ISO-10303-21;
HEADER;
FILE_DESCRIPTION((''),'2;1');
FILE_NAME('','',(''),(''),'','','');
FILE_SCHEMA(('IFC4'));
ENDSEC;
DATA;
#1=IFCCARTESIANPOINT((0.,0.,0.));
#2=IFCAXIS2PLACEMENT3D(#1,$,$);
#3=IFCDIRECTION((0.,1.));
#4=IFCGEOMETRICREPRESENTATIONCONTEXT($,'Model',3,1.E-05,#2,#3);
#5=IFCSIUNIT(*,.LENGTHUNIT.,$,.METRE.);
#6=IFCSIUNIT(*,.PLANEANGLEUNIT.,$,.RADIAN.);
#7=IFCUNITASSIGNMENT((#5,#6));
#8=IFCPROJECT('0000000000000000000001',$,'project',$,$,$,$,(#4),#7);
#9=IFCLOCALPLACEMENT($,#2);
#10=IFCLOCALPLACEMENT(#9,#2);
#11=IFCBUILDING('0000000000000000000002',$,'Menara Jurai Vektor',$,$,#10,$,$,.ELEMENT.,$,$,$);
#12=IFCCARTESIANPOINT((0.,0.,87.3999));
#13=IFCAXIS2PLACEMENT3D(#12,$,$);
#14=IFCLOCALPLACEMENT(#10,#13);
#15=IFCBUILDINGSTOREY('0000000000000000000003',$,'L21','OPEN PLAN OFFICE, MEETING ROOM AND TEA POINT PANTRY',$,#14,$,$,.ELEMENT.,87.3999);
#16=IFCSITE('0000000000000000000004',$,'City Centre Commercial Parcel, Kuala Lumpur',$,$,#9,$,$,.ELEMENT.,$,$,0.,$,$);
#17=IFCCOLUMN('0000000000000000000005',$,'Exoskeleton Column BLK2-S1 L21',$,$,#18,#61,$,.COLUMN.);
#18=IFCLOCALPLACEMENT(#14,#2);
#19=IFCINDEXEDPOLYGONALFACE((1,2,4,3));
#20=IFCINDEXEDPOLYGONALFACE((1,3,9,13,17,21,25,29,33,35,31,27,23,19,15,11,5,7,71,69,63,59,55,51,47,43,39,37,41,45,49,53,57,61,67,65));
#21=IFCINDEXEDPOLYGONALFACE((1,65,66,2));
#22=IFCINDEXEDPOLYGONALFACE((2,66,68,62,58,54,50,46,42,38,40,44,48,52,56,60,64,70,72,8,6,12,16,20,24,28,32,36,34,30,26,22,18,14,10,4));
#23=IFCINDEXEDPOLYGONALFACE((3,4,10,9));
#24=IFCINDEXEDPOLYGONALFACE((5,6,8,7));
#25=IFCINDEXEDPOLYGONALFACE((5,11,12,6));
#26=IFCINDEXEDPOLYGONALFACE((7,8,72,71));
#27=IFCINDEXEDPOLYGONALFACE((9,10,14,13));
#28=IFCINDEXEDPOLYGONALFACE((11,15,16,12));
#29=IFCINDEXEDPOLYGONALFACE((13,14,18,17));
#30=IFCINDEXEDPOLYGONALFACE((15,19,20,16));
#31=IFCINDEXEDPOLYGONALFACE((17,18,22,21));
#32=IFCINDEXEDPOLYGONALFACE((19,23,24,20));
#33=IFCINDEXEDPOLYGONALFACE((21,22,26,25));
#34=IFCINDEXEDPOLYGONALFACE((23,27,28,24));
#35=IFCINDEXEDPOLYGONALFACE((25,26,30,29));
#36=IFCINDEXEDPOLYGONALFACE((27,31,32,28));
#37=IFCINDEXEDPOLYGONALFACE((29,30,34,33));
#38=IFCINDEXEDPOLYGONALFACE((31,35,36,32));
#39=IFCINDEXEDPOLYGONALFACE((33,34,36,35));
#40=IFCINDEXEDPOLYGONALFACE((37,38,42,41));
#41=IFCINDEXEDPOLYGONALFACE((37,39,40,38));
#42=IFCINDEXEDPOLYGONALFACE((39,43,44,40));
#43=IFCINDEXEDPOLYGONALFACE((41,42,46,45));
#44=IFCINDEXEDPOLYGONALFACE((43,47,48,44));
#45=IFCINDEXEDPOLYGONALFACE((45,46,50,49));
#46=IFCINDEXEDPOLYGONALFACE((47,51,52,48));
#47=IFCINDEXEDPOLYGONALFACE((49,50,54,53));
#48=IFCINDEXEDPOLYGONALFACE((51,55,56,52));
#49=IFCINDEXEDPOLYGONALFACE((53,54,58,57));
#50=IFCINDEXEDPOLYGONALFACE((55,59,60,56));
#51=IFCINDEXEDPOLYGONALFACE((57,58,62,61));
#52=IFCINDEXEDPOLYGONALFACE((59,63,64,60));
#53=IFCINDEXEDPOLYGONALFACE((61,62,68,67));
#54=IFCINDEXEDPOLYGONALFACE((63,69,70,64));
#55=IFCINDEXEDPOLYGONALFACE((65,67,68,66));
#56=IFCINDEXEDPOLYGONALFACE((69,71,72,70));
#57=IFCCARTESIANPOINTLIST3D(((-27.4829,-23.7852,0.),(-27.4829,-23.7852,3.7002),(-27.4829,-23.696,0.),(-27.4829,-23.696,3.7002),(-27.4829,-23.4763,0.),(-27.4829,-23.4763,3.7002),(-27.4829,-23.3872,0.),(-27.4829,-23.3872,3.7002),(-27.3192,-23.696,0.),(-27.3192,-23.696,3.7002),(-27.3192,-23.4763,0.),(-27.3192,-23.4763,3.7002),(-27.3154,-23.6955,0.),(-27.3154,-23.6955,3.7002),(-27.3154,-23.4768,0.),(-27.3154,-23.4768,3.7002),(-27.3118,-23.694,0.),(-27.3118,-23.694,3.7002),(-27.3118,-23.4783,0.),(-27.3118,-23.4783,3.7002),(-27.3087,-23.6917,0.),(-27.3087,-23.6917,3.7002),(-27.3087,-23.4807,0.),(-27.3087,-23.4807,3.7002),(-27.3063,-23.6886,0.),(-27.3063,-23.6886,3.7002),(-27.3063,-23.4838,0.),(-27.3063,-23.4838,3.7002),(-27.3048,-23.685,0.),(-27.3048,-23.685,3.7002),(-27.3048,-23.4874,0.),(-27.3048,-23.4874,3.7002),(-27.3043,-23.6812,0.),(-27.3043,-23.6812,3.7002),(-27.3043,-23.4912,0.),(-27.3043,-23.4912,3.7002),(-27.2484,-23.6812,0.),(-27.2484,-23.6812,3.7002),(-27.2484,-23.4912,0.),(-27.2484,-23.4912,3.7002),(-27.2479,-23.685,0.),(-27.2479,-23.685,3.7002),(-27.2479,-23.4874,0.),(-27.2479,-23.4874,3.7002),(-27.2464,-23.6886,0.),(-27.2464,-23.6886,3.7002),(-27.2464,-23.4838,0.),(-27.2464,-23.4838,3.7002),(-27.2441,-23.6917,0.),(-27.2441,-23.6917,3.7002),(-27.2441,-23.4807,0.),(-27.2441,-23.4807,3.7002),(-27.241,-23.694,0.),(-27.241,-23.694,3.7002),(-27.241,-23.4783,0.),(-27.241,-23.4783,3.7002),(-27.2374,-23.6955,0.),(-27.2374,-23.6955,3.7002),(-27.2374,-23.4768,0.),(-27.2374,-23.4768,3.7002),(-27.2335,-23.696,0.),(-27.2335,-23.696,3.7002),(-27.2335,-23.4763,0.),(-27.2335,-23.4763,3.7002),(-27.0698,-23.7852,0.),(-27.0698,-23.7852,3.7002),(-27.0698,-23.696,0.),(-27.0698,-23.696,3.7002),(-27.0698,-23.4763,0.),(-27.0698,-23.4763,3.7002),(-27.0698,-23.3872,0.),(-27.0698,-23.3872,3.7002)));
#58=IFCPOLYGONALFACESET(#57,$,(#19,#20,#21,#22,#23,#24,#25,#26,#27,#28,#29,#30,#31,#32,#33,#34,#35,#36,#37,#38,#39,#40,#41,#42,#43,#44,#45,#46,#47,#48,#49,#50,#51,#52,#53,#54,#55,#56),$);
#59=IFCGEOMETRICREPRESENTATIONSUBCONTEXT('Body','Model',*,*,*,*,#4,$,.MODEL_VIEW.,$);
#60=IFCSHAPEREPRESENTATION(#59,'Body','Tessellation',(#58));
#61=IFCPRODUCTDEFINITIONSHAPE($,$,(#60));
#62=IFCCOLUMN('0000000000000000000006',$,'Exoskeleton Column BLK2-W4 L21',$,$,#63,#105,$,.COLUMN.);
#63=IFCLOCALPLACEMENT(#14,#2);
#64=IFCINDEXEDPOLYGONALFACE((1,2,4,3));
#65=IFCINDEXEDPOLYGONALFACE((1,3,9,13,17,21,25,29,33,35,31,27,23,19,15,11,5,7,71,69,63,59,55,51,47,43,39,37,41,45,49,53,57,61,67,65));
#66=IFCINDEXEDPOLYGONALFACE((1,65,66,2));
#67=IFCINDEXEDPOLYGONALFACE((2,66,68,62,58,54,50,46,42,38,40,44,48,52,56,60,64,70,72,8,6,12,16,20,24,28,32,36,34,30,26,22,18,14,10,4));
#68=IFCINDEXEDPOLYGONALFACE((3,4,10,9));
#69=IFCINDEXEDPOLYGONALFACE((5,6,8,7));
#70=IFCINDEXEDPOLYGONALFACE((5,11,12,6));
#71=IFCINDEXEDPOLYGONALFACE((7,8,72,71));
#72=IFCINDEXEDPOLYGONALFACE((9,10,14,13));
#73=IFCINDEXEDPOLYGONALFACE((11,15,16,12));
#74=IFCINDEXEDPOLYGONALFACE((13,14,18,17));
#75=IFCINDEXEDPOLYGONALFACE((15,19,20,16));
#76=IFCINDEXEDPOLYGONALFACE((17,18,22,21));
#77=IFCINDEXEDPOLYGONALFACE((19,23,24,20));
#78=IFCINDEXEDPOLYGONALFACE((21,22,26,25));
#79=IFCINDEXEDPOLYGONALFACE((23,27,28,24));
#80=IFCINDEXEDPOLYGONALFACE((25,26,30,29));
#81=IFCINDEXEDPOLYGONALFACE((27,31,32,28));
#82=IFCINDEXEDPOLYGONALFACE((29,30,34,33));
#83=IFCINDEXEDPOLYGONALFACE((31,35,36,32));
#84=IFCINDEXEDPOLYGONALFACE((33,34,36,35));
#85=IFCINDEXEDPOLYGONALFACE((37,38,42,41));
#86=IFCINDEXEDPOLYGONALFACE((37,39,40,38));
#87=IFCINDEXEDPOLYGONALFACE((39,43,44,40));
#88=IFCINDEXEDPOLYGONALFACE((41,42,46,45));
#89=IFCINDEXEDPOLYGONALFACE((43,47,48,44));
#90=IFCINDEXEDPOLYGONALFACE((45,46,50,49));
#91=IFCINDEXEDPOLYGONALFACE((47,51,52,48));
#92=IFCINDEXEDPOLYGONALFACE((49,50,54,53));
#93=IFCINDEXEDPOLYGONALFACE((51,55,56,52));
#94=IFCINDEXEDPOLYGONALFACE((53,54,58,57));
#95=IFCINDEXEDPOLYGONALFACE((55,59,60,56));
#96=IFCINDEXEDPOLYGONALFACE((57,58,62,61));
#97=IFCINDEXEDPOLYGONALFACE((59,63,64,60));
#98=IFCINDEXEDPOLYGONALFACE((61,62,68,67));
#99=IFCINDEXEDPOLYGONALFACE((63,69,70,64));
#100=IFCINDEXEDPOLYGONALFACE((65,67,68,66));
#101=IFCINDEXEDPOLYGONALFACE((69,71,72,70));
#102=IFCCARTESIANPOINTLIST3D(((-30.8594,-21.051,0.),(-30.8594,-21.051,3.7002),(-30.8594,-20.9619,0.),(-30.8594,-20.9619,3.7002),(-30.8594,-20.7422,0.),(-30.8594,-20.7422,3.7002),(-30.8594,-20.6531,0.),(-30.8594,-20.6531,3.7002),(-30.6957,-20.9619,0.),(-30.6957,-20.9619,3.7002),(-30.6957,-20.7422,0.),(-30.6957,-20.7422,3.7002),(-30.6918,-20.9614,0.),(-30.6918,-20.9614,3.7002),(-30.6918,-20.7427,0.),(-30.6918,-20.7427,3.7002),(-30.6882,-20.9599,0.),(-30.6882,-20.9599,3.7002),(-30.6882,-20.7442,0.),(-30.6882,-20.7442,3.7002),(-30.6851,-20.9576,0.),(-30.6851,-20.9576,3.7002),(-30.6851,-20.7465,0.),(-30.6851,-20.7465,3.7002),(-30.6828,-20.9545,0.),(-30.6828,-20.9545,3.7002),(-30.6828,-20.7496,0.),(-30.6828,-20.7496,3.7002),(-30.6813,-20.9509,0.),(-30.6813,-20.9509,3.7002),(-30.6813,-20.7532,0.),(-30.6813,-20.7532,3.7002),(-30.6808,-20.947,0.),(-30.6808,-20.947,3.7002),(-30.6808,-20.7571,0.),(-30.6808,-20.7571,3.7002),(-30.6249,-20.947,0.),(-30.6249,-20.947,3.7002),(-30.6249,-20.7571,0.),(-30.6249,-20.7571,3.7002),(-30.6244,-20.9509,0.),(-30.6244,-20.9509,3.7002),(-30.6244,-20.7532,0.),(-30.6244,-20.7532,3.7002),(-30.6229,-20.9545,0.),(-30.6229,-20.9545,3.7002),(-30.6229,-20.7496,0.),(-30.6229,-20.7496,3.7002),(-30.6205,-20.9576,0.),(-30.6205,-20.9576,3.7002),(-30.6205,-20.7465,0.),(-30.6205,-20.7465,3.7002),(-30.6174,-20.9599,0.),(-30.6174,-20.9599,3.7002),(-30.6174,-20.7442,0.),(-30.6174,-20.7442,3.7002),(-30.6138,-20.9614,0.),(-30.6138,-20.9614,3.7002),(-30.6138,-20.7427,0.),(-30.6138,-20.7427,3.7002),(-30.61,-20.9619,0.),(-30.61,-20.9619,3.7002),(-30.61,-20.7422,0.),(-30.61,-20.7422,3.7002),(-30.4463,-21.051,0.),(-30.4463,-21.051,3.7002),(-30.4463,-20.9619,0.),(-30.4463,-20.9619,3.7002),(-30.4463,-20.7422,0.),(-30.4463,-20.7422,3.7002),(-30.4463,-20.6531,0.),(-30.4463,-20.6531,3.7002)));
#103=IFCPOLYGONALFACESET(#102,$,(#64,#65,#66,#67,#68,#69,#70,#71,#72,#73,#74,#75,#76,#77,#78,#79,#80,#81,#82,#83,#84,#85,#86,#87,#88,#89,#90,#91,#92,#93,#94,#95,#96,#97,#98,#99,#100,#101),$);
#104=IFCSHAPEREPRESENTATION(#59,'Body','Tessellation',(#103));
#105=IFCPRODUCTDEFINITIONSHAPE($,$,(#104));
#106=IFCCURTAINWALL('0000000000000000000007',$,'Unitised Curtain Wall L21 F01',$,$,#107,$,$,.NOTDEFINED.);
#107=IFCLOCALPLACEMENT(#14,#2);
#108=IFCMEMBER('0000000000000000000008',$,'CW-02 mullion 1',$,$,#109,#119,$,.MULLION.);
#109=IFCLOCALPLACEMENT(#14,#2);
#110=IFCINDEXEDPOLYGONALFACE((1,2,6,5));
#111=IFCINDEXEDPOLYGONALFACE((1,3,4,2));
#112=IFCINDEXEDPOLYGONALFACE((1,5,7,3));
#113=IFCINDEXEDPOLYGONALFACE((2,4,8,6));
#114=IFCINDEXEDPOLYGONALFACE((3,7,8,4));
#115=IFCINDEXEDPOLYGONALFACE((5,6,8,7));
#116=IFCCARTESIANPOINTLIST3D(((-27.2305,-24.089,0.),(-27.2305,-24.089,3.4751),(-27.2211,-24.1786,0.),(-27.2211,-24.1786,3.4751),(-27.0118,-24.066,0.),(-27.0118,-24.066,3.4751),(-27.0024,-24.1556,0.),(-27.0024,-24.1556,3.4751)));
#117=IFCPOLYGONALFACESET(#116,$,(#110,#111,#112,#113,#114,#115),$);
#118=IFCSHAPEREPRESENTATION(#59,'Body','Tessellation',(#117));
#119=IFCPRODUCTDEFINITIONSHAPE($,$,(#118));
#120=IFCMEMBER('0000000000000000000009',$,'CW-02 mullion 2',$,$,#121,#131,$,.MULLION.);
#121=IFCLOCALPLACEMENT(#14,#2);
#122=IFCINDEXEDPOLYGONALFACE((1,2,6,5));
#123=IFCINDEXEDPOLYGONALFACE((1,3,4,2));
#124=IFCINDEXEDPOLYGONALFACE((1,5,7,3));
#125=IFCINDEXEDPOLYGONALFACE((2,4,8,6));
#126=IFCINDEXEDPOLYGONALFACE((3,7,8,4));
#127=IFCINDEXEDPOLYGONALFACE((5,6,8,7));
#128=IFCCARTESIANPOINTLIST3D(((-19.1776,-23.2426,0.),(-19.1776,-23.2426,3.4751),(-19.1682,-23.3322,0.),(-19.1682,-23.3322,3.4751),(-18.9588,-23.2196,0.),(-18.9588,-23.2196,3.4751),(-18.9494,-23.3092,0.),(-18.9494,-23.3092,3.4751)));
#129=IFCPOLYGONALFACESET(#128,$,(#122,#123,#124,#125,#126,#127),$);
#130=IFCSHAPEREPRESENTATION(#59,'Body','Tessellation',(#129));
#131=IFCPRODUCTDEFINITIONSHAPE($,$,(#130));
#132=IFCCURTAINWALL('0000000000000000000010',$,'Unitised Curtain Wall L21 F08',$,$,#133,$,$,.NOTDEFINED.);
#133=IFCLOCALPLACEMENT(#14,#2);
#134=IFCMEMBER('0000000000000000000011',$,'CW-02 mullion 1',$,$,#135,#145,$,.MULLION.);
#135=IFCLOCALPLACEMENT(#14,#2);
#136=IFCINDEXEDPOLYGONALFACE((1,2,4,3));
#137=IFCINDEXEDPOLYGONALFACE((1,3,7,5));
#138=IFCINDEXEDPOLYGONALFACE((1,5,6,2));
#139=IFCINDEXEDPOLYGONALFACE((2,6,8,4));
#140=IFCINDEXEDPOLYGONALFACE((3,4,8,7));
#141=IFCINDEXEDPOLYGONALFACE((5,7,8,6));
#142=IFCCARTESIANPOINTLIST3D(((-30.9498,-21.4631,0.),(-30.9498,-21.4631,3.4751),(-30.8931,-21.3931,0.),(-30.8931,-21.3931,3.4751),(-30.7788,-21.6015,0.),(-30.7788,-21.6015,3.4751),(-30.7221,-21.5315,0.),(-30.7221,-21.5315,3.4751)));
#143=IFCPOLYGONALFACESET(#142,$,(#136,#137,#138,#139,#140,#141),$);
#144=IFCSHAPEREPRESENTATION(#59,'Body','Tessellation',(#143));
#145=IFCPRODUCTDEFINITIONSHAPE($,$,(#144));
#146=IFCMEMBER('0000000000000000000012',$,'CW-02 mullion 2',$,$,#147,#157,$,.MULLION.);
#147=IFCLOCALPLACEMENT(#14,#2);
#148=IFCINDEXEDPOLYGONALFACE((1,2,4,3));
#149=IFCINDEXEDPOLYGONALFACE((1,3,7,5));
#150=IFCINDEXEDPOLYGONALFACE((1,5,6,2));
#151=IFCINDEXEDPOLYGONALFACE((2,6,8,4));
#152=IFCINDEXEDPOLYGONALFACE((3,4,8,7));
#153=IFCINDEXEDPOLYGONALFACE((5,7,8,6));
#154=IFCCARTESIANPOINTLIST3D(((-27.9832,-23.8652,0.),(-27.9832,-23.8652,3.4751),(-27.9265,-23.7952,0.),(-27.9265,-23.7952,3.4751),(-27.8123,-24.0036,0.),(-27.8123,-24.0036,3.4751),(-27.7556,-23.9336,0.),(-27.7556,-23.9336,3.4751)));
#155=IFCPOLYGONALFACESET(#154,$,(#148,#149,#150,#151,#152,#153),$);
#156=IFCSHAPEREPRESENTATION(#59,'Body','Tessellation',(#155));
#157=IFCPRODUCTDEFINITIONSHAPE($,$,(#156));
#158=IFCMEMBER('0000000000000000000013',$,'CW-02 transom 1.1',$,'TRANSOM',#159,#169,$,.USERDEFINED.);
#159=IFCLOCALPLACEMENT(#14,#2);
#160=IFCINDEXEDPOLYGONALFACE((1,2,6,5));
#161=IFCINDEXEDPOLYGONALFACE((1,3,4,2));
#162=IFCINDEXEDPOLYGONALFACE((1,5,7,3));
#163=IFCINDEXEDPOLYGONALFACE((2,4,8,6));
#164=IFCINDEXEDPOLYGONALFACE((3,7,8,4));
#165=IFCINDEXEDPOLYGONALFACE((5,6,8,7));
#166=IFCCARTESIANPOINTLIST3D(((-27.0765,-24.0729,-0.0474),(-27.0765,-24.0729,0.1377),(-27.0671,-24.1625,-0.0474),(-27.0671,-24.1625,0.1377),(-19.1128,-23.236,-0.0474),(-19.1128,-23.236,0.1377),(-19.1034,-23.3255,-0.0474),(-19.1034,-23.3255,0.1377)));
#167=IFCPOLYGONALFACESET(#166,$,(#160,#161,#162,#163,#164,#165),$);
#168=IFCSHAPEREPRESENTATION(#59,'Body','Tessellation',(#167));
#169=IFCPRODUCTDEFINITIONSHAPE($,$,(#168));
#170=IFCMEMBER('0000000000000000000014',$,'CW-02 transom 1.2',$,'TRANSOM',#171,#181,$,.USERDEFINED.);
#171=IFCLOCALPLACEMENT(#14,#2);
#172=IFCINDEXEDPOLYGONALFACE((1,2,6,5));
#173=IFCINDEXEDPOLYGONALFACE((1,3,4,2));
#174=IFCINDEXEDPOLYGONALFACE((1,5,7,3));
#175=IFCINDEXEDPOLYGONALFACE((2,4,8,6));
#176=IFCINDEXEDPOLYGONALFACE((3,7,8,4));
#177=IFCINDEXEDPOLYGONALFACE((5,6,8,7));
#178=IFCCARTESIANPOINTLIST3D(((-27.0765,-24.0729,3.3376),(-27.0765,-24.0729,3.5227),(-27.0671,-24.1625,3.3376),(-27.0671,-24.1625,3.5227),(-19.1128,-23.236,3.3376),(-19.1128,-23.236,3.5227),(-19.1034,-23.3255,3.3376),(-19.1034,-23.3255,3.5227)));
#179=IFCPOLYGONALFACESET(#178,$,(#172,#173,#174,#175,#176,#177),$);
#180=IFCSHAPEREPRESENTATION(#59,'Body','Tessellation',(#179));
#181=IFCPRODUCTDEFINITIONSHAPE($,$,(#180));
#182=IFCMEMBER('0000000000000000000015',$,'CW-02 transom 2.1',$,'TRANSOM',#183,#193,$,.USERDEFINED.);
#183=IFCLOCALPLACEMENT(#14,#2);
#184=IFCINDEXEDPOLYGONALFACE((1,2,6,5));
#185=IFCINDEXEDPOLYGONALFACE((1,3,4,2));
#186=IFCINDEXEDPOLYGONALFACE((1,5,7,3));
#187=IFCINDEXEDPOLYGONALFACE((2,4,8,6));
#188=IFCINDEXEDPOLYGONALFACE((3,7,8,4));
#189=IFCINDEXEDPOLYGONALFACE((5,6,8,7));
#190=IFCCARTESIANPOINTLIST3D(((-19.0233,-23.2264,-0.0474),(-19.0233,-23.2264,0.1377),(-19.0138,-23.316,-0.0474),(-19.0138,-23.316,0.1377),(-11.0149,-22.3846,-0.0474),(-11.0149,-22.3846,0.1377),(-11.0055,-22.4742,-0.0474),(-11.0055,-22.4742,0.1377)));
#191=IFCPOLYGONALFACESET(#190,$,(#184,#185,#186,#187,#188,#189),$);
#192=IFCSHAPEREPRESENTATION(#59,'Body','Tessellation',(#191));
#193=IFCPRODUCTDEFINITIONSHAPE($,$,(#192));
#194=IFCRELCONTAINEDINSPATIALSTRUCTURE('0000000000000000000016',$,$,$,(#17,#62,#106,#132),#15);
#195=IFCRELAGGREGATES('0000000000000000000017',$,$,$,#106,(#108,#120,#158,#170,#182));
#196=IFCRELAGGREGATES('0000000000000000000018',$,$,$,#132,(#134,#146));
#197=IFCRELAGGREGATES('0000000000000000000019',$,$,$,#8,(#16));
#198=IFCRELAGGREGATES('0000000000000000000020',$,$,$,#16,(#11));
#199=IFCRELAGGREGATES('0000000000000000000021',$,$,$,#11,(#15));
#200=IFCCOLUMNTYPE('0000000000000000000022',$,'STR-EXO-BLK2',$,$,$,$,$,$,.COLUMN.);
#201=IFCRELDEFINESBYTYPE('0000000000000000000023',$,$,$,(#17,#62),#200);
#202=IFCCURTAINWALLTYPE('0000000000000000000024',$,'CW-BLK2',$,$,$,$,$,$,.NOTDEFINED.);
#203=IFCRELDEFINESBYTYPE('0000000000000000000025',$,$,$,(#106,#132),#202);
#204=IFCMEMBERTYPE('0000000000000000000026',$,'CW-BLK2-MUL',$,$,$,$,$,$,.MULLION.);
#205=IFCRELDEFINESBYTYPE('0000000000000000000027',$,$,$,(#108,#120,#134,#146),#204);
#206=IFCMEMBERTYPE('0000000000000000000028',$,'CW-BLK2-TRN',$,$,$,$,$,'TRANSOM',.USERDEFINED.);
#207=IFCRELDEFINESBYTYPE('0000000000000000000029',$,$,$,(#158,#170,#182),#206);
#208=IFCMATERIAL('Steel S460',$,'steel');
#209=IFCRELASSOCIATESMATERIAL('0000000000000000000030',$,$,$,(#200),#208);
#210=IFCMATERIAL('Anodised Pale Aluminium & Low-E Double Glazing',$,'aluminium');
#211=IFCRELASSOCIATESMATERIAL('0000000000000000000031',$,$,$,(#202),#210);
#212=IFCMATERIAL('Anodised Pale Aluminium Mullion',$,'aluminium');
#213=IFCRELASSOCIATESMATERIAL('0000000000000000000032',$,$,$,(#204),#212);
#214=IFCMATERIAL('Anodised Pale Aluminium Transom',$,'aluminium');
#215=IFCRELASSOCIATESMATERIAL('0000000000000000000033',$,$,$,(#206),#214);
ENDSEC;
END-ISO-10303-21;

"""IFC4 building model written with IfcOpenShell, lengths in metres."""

from ifc_helpers import new_model, si_unit, direction, frame, origin, origin_2d, place, context, subcontext, project, spatial, rectangle, i_section, extrude, material, material_profile, profile_set, type_object, element, aggregate, save


model = new_model("IFC4")

# Units and contexts
model_context = context("Model", 3, precision=1e-05, world=origin(), true_north=direction((0.0, 1.0)))
body_context = subcontext(model_context, "Body", "Model", "MODEL_VIEW")
ifc_project = project(units=[si_unit("LENGTHUNIT", "METRE"), si_unit("PLANEANGLEUNIT", "RADIAN")], contexts=[model_context])

# Site, building, storey
site_placement = place(None, origin())
site = spatial("IfcSite", under=ifc_project, at=site_placement, Name="City Centre Commercial Parcel, Kuala Lumpur", CompositionType="ELEMENT", RefElevation=0.0)
building_placement = place(site_placement, origin())
building = spatial("IfcBuilding", under=site, at=building_placement, Name="Menara Jurai Vektor", CompositionType="ELEMENT")
storey_placement = place(building_placement, frame((0.0, 0.0, 87.3999)))
storey = spatial("IfcBuildingStorey", under=building, at=storey_placement, Name="L21", Description="OPEN PLAN OFFICE, MEETING ROOM AND TEA POINT PANTRY", CompositionType="ELEMENT", Elevation=87.3999)

# Columns
ifc_material_1 = material(Name="Steel S460", Category="steel")
ifc_material_profile_1 = material_profile(ifc_material_1, i_section(OverallWidth=0.4131, OverallDepth=0.3979, WebThickness=0.0559, FlangeThickness=0.0891, FilletRadius=0.0149, at=origin_2d()), Name="HD 400x744")
ifc_profile_set_1 = profile_set([ifc_material_profile_1], Name="Steel S460")
column_type = type_object("IfcColumnType", Name="STR-EXO-BLK2", PredefinedType="COLUMN", material=ifc_profile_set_1)
for number, where, z_axis, x_axis, name in (
    (1, (-27.2764, -23.5862, 0.0), (0.0, 0.0, 1.0), (1.0, 0.0, 0.0), "Exoskeleton Column BLK2-S1 L21"),
    (2, (-30.6528, -20.8521, 0.0), (0.0, 0.0, 1.0), (1.0, 0.0, 0.0), "Exoskeleton Column BLK2-W4 L21"),
):
    element("IfcColumn", number, at=place(storey_placement, frame(where, z_axis=z_axis, x_axis=x_axis)), inside=storey, type_object=column_type, Name=name, PredefinedType="COLUMN", context=body_context, shape_type="SweptSolid", body=[
        extrude(i_section(OverallWidth=0.4131, OverallDepth=0.3979, WebThickness=0.0559, FlangeThickness=0.0891, FilletRadius=0.0149, at=origin_2d()), origin(), (0.0, 0.0, 1.0), 3.7002),
    ])

# Curtain walls, members
ifc_material_2 = material(Name="Anodised Pale Aluminium & Low-E Double Glazing", Category="aluminium")
curtain_wall_type = type_object("IfcCurtainWallType", Name="CW-BLK2", PredefinedType="NOTDEFINED", material=ifc_material_2)
curtain_wall_1_placement = place(storey_placement, origin())
curtain_wall_1 = element("IfcCurtainWall", 3, at=curtain_wall_1_placement, inside=storey, type_object=curtain_wall_type, Name="Unitised Curtain Wall L21 F01", PredefinedType="NOTDEFINED")
ifc_material_3 = material(Name="Anodised Pale Aluminium Mullion", Category="aluminium")
ifc_material_profile_2 = material_profile(ifc_material_3, rectangle(XDim=0.0901, YDim=0.22, at=origin_2d()), Name="ALU MUL 90x220")
ifc_profile_set_2 = profile_set([ifc_material_profile_2], Name="Anodised Pale Aluminium Mullion")
member_type_1 = type_object("IfcMemberType", Name="CW-BLK2-MUL", PredefinedType="MULLION", material=ifc_profile_set_2)
member_1_placement = place(storey_placement, frame((-27.1165, -24.1223, 0.0), z_axis=(0.0, 0.0, 1.0), x_axis=(-0.104529, 0.994522, 0.0)))
member_1 = element("IfcMember", 4, at=member_1_placement, type_object=member_type_1, Name="CW-02 mullion 1", PredefinedType="MULLION", context=body_context, shape_type="SweptSolid", body=[
    extrude(rectangle(XDim=0.0901, YDim=0.22, at=origin_2d()), origin(), (0.0, 0.0, 1.0), 3.4751),
])
member_2_placement = place(storey_placement, frame((-19.0635, -23.2759, 0.0), z_axis=(0.0, 0.0, 1.0), x_axis=(-0.104529, 0.994522, 0.0)))
member_2 = element("IfcMember", 5, at=member_2_placement, type_object=member_type_1, Name="CW-02 mullion 2", PredefinedType="MULLION", context=body_context, shape_type="SweptSolid", body=[
    extrude(rectangle(XDim=0.0901, YDim=0.22, at=origin_2d()), origin(), (0.0, 0.0, 1.0), 3.4751),
])
curtain_wall_2_placement = place(storey_placement, origin())
curtain_wall_2 = element("IfcCurtainWall", 6, at=curtain_wall_2_placement, inside=storey, type_object=curtain_wall_type, Name="Unitised Curtain Wall L21 F08", PredefinedType="NOTDEFINED")
member_3_placement = place(storey_placement, frame((-30.8359, -21.4973, 0.0), z_axis=(0.0, 0.0, 1.0), x_axis=(0.629313, 0.777152, 0.0)))
member_3 = element("IfcMember", 7, at=member_3_placement, type_object=member_type_1, Name="CW-02 mullion 1", PredefinedType="MULLION", context=body_context, shape_type="SweptSolid", body=[
    extrude(rectangle(XDim=0.0901, YDim=0.22, at=origin_2d()), origin(), (0.0, 0.0, 1.0), 3.4751),
])
member_4_placement = place(storey_placement, frame((-27.8694, -23.8994, 0.0), z_axis=(0.0, 0.0, 1.0), x_axis=(0.629313, 0.777152, 0.0)))
member_4 = element("IfcMember", 8, at=member_4_placement, type_object=member_type_1, Name="CW-02 mullion 2", PredefinedType="MULLION", context=body_context, shape_type="SweptSolid", body=[
    extrude(rectangle(XDim=0.0901, YDim=0.22, at=origin_2d()), origin(), (0.0, 0.0, 1.0), 3.4751),
])

# Members
ifc_material_4 = material(Name="Anodised Pale Aluminium Transom", Category="aluminium")
ifc_material_profile_3 = material_profile(ifc_material_4, rectangle(XDim=0.0901, YDim=0.1851, at=origin_2d()), Name="ALU TRN 90x185")
ifc_profile_set_3 = profile_set([ifc_material_profile_3], Name="Anodised Pale Aluminium Transom")
member_type_2 = type_object("IfcMemberType", Name="CW-BLK2-TRN", ElementType="TRANSOM", PredefinedType="USERDEFINED", material=ifc_profile_set_3)
member_5_placement = place(storey_placement, frame((-27.0718, -24.1177, 0.0452), z_axis=(0.994523, 0.104517, 0.0), x_axis=(-0.104517, 0.994523, 0.0)))
member_5 = element("IfcMember", 9, at=member_5_placement, type_object=member_type_2, Name="CW-02 transom 1.1", ObjectType="TRANSOM", PredefinedType="USERDEFINED", context=body_context, shape_type="SweptSolid", body=[
    extrude(rectangle(XDim=0.0901, YDim=0.1851, at=origin_2d()), origin(), (0.0, 0.0, 1.0), 8.0076),
])
member_6_placement = place(storey_placement, frame((-27.0718, -24.1177, 3.4302), z_axis=(0.994523, 0.104517, 0.0), x_axis=(-0.104517, 0.994523, 0.0)))
member_6 = element("IfcMember", 10, at=member_6_placement, type_object=member_type_2, Name="CW-02 transom 1.2", ObjectType="TRANSOM", PredefinedType="USERDEFINED", context=body_context, shape_type="SweptSolid", body=[
    extrude(rectangle(XDim=0.0901, YDim=0.1851, at=origin_2d()), origin(), (0.0, 0.0, 1.0), 8.0076),
])
member_7_placement = place(storey_placement, frame((-19.0186, -23.2712, 0.0452), z_axis=(0.994521, 0.10454, 0.0), x_axis=(-0.10454, 0.994521, 0.0)))
member_7 = element("IfcMember", 11, at=member_7_placement, type_object=member_type_2, Name="CW-02 transom 2.1", ObjectType="TRANSOM", PredefinedType="USERDEFINED", context=body_context, shape_type="SweptSolid", body=[
    extrude(rectangle(XDim=0.0901, YDim=0.1851, at=origin_2d()), origin(), (0.0, 0.0, 1.0), 8.0525),
])

aggregate(curtain_wall_1, [member_1, member_2, member_5, member_6, member_7])
aggregate(curtain_wall_2, [member_3, member_4])

save(model, "model.ifc")
